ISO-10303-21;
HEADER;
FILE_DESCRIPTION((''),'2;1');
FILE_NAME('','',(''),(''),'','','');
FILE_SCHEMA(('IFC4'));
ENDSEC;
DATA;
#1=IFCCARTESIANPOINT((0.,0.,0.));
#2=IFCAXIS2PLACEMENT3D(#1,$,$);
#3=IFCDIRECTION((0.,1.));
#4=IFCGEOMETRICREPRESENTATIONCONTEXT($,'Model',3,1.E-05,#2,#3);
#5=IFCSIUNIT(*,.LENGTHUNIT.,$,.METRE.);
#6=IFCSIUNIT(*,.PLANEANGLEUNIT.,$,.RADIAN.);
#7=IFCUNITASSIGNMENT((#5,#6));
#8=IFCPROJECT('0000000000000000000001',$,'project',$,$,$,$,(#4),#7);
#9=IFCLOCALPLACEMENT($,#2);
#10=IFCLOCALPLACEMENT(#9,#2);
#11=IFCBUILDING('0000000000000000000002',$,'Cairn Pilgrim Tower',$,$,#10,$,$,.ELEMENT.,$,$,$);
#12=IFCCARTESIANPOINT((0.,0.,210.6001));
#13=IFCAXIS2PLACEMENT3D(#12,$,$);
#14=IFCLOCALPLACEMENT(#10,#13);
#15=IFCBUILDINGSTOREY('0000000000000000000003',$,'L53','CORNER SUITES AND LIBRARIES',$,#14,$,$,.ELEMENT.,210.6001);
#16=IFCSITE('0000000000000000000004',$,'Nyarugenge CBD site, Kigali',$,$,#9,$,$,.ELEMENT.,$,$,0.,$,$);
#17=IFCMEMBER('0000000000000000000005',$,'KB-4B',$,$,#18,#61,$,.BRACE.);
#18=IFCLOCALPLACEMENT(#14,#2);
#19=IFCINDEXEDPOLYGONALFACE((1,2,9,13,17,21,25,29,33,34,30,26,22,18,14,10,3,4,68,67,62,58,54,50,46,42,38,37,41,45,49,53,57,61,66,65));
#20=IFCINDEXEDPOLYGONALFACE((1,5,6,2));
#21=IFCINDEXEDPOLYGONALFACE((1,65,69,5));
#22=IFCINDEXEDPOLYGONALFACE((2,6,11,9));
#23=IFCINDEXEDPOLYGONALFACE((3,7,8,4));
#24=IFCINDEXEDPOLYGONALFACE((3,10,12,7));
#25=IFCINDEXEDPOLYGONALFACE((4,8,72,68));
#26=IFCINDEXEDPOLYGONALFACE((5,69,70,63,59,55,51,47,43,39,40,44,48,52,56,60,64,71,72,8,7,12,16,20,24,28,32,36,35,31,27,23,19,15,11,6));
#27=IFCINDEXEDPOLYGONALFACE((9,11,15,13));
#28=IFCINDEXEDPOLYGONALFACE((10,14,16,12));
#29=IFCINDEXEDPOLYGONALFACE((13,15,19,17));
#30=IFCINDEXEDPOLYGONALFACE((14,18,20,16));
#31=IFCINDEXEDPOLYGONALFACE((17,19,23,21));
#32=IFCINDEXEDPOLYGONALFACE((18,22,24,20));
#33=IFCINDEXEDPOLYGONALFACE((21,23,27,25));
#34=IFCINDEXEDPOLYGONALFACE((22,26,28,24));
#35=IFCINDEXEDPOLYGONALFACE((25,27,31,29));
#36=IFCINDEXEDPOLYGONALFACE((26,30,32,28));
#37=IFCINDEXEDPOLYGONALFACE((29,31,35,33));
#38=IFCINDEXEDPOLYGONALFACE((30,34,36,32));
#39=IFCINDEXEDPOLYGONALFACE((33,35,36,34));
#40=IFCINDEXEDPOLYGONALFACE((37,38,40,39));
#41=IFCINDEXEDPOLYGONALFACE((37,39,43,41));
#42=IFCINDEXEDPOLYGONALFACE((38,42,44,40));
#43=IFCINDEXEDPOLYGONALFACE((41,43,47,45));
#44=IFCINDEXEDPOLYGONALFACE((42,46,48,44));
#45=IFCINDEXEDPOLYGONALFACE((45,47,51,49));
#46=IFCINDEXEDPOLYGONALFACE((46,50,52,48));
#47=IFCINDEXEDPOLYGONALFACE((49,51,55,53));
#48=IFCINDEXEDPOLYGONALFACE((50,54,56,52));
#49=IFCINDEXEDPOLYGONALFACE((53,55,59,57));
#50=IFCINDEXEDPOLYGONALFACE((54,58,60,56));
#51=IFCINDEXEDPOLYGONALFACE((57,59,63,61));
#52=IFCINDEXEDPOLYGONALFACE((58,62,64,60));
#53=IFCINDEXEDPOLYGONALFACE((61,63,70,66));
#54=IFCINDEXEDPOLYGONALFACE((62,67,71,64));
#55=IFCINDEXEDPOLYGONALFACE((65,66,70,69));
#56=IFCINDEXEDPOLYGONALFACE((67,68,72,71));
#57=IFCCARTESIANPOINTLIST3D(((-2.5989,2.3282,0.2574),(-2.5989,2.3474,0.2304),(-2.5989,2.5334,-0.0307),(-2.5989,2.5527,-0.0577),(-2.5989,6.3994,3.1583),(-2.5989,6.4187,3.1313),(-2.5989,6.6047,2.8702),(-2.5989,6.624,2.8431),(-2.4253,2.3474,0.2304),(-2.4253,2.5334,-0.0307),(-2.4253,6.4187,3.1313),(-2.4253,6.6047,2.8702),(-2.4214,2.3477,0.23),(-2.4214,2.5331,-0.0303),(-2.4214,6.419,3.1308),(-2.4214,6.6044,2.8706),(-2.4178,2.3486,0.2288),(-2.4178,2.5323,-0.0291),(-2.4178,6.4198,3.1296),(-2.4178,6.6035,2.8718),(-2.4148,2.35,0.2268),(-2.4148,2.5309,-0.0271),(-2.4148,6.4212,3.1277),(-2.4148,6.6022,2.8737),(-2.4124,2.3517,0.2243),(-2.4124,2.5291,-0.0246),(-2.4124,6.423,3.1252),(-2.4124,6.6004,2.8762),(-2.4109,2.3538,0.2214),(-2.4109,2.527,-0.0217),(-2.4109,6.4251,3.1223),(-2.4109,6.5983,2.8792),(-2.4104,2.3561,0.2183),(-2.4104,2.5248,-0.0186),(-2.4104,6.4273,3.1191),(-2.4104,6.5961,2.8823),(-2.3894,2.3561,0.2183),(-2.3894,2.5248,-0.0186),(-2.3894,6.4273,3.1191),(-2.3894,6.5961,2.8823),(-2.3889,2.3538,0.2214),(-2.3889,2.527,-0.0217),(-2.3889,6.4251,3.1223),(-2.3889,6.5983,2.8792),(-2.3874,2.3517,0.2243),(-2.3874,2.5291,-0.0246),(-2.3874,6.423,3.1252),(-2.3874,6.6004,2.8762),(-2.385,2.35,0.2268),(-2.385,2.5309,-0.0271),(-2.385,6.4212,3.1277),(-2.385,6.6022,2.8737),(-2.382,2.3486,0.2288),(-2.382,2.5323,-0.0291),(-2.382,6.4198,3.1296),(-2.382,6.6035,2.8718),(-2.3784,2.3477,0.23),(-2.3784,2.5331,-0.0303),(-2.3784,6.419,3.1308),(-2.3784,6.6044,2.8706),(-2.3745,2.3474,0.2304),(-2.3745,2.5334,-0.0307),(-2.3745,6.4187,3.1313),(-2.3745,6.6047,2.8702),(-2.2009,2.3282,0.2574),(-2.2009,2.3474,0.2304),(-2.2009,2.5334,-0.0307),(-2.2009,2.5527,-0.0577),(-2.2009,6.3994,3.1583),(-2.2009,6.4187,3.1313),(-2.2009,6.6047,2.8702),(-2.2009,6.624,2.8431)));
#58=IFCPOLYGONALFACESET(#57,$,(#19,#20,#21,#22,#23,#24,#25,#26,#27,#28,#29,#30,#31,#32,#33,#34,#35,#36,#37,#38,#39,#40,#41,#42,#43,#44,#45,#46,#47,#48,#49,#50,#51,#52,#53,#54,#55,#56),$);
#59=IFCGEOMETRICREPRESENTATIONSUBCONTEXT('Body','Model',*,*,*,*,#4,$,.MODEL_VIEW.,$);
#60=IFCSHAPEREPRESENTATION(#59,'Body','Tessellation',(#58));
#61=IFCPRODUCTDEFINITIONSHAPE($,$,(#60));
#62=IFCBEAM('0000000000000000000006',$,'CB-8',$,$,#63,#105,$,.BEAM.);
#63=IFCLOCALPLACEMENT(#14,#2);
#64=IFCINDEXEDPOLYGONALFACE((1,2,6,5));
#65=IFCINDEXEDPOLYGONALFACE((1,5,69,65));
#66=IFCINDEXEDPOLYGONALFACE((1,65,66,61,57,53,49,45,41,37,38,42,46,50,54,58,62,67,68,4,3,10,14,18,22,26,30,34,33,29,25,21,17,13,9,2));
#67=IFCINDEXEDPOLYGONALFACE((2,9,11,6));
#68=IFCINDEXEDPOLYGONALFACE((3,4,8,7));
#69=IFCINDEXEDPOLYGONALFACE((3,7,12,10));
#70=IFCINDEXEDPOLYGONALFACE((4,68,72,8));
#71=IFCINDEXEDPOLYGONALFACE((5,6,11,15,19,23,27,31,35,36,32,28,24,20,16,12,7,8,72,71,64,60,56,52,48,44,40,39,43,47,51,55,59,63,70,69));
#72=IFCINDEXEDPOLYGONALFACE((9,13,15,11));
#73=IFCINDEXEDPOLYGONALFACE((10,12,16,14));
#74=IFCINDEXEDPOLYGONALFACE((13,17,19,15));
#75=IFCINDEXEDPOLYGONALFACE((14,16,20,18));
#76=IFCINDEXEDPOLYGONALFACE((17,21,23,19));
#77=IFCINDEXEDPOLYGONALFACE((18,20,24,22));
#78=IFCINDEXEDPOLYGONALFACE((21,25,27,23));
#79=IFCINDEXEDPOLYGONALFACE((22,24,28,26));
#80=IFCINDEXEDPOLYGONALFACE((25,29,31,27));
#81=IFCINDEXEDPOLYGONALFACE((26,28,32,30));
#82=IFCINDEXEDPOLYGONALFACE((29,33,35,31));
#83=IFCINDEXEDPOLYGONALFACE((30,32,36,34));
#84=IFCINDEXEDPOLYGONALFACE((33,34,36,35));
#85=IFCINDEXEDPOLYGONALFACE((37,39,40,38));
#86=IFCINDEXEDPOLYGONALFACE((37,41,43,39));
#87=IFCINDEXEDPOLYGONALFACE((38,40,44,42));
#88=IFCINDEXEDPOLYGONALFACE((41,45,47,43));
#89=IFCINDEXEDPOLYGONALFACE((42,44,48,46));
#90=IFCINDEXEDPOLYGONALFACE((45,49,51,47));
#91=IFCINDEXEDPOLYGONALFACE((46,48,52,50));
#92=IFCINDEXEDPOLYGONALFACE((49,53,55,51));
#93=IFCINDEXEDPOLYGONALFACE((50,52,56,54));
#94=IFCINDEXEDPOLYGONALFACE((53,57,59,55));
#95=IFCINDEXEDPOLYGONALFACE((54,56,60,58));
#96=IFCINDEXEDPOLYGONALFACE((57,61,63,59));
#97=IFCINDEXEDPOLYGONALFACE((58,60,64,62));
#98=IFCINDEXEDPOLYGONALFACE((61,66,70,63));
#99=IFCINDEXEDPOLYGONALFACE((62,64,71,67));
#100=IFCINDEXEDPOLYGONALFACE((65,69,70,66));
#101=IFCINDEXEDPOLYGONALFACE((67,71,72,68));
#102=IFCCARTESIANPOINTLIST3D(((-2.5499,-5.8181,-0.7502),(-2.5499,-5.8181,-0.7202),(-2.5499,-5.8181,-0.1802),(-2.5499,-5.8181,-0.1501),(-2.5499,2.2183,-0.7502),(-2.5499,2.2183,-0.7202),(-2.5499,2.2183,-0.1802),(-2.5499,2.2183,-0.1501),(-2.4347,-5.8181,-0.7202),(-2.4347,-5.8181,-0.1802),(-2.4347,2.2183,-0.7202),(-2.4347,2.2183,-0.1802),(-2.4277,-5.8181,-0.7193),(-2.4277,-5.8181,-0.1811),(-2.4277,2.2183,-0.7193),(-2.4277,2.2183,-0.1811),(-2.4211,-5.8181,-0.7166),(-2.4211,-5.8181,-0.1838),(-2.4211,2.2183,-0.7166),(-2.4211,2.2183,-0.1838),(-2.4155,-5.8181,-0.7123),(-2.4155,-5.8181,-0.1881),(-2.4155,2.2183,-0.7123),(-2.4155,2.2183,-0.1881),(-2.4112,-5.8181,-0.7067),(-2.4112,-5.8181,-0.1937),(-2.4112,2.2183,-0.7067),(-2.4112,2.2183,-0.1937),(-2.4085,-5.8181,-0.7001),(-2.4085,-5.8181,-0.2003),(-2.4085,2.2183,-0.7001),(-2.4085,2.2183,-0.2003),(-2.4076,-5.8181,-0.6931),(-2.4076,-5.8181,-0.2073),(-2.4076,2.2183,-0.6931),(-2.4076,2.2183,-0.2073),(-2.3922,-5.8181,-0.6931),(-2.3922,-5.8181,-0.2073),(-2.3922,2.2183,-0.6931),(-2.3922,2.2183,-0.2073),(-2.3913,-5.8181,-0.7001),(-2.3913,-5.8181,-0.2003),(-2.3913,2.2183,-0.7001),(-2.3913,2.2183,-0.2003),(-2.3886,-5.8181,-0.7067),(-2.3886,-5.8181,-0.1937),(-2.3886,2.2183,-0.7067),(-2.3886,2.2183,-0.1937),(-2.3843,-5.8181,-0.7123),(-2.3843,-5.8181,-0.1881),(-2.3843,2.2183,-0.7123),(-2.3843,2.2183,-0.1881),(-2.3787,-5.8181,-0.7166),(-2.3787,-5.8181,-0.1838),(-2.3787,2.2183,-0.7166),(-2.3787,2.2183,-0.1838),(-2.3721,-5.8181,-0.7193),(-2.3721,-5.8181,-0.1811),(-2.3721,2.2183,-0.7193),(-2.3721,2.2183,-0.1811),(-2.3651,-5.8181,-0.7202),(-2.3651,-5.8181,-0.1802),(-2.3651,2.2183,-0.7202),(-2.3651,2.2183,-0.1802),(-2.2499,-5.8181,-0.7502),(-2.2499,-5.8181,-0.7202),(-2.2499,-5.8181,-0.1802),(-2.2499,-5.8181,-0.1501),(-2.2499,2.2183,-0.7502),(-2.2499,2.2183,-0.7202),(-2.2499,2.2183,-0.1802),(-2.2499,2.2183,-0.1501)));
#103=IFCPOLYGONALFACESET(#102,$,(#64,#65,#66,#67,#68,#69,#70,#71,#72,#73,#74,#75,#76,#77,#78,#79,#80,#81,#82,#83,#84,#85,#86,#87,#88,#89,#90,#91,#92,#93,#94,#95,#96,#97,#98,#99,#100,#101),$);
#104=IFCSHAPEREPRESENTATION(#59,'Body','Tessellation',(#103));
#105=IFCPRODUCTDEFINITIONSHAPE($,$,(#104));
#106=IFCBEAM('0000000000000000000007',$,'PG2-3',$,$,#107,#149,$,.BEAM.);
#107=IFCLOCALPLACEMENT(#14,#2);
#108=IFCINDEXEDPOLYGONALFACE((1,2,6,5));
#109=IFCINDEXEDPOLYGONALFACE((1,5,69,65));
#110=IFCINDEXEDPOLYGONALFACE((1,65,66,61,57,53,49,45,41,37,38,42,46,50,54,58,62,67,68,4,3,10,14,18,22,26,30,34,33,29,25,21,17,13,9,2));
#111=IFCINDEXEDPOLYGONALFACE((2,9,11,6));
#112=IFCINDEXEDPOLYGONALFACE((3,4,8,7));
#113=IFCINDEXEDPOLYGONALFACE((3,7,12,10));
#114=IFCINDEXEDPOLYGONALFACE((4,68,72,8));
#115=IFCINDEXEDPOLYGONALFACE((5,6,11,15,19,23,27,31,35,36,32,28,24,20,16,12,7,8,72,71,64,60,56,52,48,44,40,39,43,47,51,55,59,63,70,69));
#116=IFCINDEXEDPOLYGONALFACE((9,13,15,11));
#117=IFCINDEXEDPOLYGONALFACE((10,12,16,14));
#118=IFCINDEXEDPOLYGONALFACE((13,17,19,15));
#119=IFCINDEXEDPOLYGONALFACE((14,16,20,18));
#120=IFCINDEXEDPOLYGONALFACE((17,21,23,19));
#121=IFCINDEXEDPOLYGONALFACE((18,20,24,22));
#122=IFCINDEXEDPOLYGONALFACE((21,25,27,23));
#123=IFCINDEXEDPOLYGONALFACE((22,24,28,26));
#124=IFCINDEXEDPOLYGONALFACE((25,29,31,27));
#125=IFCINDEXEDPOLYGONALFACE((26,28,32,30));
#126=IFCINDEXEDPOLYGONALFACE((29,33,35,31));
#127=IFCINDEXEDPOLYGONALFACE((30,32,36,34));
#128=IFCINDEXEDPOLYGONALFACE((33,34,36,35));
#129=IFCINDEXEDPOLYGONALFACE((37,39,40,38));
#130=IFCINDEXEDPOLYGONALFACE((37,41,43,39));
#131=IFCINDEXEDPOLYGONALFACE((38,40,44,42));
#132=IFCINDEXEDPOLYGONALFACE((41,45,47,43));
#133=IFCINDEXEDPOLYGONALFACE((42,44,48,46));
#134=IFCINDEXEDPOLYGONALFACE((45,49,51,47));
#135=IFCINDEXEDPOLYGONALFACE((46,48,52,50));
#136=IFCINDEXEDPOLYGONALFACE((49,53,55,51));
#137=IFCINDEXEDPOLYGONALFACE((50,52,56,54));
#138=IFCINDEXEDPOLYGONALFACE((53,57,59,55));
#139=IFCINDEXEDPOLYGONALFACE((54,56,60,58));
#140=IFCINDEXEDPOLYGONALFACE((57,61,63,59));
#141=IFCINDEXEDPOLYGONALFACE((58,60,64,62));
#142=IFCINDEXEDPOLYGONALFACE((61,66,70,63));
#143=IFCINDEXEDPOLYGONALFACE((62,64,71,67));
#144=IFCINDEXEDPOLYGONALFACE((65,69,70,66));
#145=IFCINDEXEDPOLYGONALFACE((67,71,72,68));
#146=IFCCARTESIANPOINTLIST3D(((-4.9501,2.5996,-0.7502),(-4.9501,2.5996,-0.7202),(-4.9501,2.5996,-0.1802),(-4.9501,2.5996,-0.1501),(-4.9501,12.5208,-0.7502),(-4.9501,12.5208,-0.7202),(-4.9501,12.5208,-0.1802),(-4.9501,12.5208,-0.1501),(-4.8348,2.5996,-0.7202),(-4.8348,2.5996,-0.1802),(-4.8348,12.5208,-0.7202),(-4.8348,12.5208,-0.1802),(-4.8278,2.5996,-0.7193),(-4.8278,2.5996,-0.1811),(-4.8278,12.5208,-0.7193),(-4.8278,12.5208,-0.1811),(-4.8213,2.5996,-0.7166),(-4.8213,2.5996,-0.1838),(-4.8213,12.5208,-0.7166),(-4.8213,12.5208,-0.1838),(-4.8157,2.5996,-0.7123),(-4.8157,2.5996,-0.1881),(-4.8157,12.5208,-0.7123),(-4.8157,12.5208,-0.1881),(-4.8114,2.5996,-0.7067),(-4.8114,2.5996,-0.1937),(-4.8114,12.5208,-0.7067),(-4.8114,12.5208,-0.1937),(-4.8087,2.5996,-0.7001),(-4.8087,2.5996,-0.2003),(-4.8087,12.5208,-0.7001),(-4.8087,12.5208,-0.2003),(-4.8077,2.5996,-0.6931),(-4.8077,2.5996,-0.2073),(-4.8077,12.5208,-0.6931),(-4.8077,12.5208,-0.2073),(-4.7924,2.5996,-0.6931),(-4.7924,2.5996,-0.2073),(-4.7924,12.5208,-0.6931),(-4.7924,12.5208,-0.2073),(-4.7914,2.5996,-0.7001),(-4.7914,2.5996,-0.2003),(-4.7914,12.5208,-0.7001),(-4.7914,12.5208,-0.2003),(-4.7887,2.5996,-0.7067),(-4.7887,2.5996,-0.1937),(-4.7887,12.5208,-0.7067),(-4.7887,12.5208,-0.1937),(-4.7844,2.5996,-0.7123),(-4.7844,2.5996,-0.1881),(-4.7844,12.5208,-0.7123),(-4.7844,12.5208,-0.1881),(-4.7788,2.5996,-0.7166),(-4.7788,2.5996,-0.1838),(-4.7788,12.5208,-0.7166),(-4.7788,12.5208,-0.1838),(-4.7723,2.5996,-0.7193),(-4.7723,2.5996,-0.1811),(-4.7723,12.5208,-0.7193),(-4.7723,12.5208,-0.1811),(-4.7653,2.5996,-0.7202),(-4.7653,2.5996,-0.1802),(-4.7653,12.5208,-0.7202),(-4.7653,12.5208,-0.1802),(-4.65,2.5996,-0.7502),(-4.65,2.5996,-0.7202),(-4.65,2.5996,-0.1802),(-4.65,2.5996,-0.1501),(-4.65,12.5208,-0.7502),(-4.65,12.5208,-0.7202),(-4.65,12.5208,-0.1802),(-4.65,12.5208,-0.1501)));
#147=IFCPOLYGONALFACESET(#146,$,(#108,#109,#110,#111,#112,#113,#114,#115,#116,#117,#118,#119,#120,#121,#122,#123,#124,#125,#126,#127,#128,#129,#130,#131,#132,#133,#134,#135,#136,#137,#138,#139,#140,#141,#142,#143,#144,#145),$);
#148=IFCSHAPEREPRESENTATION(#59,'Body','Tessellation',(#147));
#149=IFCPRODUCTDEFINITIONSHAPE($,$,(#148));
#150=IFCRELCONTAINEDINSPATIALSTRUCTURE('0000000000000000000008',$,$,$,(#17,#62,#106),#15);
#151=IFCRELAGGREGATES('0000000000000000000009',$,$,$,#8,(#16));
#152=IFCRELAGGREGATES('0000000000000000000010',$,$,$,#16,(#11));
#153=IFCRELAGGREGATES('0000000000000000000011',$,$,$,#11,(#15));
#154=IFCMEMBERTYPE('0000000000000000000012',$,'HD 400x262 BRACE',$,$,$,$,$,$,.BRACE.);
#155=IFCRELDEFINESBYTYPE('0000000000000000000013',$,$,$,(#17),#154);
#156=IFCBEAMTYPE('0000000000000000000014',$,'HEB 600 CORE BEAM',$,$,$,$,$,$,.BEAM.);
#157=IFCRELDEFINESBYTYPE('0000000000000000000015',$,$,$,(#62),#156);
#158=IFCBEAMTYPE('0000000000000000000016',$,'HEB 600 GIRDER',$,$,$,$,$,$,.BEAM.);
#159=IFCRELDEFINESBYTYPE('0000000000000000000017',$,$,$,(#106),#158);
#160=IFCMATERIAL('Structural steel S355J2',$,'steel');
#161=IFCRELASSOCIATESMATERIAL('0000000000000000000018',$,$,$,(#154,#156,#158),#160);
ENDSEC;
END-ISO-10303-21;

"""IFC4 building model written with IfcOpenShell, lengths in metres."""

from ifc_helpers import new_model, si_unit, direction, frame, origin, origin_2d, place, context, subcontext, project, spatial, i_section, extrude, material, material_profile, profile_set, type_object, element, save


model = new_model("IFC4")

# Units and contexts
model_context = context("Model", 3, precision=1e-05, world=origin(), true_north=direction((0.0, 1.0)))
body_context = subcontext(model_context, "Body", "Model", "MODEL_VIEW")
ifc_project = project(units=[si_unit("LENGTHUNIT", "METRE"), si_unit("PLANEANGLEUNIT", "RADIAN")], contexts=[model_context])

# Site, building, storey
site_placement = place(None, origin())
site = spatial("IfcSite", under=ifc_project, at=site_placement, Name="Nyarugenge CBD site, Kigali", CompositionType="ELEMENT", RefElevation=0.0)
building_placement = place(site_placement, origin())
building = spatial("IfcBuilding", under=site, at=building_placement, Name="Cairn Pilgrim Tower", CompositionType="ELEMENT")
storey_placement = place(building_placement, frame((0.0, 0.0, 210.6001)))
storey = spatial("IfcBuildingStorey", under=building, at=storey_placement, Name="L53", Description="CORNER SUITES AND LIBRARIES", CompositionType="ELEMENT", Elevation=210.6001)

# Shared definitions
ifc_material_1 = material(Name="Structural steel S355J2", Category="steel")

# Member
ifc_material_profile_1 = material_profile(ifc_material_1, i_section(OverallWidth=0.3979, OverallDepth=0.387, WebThickness=0.021, FlangeThickness=0.0332, FilletRadius=0.0149, at=origin_2d()), Name="HD 400x262")
ifc_profile_set_1 = profile_set([ifc_material_profile_1], Name="Structural steel S355J2")
member_type_1 = type_object("IfcMemberType", Name="HD 400x262 BRACE", PredefinedType="BRACE", material=ifc_profile_set_1)
member_1_placement = place(storey_placement, frame((-2.3999, 2.4404, 0.0999), z_axis=(0.0, 0.814413, 0.580286), x_axis=(-1.0, 0.0, 0.0)))
element("IfcMember", 1, at=member_1_placement, inside=storey, type_object=member_type_1, Name="KB-4B", PredefinedType="BRACE", context=body_context, shape_type="SweptSolid", body=[
    extrude(i_section(OverallWidth=0.3979, OverallDepth=0.387, WebThickness=0.021, FlangeThickness=0.0332, FilletRadius=0.0149, at=origin_2d()), origin(), (0.0, 0.0, 1.0), 4.999),
])

# Beams
ifc_material_profile_2 = material_profile(ifc_material_1, i_section(OverallWidth=0.3, OverallDepth=0.6001, WebThickness=0.0154, FlangeThickness=0.03, FilletRadius=0.0271, at=origin_2d()), Name="HEB 600")
ifc_profile_set_2 = profile_set([ifc_material_profile_2], Name="Structural steel S355J2")
beam_type_1 = type_object("IfcBeamType", Name="HEB 600 CORE BEAM", PredefinedType="BEAM", material=ifc_profile_set_2)
beam_1_placement = place(storey_placement, frame((-2.3999, 2.2183, -0.4502), z_axis=(0.0, -1.0, 0.0), x_axis=(1.0, 0.0, 0.0)))
element("IfcBeam", 2, at=beam_1_placement, inside=storey, type_object=beam_type_1, Name="CB-8", PredefinedType="BEAM", context=body_context, shape_type="SweptSolid", body=[
    extrude(i_section(OverallWidth=0.3, OverallDepth=0.6001, WebThickness=0.0154, FlangeThickness=0.03, FilletRadius=0.0271, at=origin_2d()), origin(), (0.0, 0.0, 1.0), 8.0364),
])
ifc_material_profile_3 = material_profile(ifc_material_1, i_section(OverallWidth=0.3, OverallDepth=0.6001, WebThickness=0.0154, FlangeThickness=0.03, FilletRadius=0.0271, at=origin_2d()), Name="HEB 600")
ifc_profile_set_3 = profile_set([ifc_material_profile_3], Name="Structural steel S355J2")
beam_type_2 = type_object("IfcBeamType", Name="HEB 600 GIRDER", PredefinedType="BEAM", material=ifc_profile_set_3)
beam_2_placement = place(storey_placement, frame((-4.8, 2.5996, -0.4502), z_axis=(0.0, 1.0, 0.0), x_axis=(-1.0, 0.0, 0.0)))
element("IfcBeam", 3, at=beam_2_placement, inside=storey, type_object=beam_type_2, Name="PG2-3", PredefinedType="BEAM", context=body_context, shape_type="SweptSolid", body=[
    extrude(i_section(OverallWidth=0.3, OverallDepth=0.6001, WebThickness=0.0154, FlangeThickness=0.03, FilletRadius=0.0271, at=origin_2d()), origin(), (0.0, 0.0, 1.0), 9.9211),
])

save(model, "model.ifc")
